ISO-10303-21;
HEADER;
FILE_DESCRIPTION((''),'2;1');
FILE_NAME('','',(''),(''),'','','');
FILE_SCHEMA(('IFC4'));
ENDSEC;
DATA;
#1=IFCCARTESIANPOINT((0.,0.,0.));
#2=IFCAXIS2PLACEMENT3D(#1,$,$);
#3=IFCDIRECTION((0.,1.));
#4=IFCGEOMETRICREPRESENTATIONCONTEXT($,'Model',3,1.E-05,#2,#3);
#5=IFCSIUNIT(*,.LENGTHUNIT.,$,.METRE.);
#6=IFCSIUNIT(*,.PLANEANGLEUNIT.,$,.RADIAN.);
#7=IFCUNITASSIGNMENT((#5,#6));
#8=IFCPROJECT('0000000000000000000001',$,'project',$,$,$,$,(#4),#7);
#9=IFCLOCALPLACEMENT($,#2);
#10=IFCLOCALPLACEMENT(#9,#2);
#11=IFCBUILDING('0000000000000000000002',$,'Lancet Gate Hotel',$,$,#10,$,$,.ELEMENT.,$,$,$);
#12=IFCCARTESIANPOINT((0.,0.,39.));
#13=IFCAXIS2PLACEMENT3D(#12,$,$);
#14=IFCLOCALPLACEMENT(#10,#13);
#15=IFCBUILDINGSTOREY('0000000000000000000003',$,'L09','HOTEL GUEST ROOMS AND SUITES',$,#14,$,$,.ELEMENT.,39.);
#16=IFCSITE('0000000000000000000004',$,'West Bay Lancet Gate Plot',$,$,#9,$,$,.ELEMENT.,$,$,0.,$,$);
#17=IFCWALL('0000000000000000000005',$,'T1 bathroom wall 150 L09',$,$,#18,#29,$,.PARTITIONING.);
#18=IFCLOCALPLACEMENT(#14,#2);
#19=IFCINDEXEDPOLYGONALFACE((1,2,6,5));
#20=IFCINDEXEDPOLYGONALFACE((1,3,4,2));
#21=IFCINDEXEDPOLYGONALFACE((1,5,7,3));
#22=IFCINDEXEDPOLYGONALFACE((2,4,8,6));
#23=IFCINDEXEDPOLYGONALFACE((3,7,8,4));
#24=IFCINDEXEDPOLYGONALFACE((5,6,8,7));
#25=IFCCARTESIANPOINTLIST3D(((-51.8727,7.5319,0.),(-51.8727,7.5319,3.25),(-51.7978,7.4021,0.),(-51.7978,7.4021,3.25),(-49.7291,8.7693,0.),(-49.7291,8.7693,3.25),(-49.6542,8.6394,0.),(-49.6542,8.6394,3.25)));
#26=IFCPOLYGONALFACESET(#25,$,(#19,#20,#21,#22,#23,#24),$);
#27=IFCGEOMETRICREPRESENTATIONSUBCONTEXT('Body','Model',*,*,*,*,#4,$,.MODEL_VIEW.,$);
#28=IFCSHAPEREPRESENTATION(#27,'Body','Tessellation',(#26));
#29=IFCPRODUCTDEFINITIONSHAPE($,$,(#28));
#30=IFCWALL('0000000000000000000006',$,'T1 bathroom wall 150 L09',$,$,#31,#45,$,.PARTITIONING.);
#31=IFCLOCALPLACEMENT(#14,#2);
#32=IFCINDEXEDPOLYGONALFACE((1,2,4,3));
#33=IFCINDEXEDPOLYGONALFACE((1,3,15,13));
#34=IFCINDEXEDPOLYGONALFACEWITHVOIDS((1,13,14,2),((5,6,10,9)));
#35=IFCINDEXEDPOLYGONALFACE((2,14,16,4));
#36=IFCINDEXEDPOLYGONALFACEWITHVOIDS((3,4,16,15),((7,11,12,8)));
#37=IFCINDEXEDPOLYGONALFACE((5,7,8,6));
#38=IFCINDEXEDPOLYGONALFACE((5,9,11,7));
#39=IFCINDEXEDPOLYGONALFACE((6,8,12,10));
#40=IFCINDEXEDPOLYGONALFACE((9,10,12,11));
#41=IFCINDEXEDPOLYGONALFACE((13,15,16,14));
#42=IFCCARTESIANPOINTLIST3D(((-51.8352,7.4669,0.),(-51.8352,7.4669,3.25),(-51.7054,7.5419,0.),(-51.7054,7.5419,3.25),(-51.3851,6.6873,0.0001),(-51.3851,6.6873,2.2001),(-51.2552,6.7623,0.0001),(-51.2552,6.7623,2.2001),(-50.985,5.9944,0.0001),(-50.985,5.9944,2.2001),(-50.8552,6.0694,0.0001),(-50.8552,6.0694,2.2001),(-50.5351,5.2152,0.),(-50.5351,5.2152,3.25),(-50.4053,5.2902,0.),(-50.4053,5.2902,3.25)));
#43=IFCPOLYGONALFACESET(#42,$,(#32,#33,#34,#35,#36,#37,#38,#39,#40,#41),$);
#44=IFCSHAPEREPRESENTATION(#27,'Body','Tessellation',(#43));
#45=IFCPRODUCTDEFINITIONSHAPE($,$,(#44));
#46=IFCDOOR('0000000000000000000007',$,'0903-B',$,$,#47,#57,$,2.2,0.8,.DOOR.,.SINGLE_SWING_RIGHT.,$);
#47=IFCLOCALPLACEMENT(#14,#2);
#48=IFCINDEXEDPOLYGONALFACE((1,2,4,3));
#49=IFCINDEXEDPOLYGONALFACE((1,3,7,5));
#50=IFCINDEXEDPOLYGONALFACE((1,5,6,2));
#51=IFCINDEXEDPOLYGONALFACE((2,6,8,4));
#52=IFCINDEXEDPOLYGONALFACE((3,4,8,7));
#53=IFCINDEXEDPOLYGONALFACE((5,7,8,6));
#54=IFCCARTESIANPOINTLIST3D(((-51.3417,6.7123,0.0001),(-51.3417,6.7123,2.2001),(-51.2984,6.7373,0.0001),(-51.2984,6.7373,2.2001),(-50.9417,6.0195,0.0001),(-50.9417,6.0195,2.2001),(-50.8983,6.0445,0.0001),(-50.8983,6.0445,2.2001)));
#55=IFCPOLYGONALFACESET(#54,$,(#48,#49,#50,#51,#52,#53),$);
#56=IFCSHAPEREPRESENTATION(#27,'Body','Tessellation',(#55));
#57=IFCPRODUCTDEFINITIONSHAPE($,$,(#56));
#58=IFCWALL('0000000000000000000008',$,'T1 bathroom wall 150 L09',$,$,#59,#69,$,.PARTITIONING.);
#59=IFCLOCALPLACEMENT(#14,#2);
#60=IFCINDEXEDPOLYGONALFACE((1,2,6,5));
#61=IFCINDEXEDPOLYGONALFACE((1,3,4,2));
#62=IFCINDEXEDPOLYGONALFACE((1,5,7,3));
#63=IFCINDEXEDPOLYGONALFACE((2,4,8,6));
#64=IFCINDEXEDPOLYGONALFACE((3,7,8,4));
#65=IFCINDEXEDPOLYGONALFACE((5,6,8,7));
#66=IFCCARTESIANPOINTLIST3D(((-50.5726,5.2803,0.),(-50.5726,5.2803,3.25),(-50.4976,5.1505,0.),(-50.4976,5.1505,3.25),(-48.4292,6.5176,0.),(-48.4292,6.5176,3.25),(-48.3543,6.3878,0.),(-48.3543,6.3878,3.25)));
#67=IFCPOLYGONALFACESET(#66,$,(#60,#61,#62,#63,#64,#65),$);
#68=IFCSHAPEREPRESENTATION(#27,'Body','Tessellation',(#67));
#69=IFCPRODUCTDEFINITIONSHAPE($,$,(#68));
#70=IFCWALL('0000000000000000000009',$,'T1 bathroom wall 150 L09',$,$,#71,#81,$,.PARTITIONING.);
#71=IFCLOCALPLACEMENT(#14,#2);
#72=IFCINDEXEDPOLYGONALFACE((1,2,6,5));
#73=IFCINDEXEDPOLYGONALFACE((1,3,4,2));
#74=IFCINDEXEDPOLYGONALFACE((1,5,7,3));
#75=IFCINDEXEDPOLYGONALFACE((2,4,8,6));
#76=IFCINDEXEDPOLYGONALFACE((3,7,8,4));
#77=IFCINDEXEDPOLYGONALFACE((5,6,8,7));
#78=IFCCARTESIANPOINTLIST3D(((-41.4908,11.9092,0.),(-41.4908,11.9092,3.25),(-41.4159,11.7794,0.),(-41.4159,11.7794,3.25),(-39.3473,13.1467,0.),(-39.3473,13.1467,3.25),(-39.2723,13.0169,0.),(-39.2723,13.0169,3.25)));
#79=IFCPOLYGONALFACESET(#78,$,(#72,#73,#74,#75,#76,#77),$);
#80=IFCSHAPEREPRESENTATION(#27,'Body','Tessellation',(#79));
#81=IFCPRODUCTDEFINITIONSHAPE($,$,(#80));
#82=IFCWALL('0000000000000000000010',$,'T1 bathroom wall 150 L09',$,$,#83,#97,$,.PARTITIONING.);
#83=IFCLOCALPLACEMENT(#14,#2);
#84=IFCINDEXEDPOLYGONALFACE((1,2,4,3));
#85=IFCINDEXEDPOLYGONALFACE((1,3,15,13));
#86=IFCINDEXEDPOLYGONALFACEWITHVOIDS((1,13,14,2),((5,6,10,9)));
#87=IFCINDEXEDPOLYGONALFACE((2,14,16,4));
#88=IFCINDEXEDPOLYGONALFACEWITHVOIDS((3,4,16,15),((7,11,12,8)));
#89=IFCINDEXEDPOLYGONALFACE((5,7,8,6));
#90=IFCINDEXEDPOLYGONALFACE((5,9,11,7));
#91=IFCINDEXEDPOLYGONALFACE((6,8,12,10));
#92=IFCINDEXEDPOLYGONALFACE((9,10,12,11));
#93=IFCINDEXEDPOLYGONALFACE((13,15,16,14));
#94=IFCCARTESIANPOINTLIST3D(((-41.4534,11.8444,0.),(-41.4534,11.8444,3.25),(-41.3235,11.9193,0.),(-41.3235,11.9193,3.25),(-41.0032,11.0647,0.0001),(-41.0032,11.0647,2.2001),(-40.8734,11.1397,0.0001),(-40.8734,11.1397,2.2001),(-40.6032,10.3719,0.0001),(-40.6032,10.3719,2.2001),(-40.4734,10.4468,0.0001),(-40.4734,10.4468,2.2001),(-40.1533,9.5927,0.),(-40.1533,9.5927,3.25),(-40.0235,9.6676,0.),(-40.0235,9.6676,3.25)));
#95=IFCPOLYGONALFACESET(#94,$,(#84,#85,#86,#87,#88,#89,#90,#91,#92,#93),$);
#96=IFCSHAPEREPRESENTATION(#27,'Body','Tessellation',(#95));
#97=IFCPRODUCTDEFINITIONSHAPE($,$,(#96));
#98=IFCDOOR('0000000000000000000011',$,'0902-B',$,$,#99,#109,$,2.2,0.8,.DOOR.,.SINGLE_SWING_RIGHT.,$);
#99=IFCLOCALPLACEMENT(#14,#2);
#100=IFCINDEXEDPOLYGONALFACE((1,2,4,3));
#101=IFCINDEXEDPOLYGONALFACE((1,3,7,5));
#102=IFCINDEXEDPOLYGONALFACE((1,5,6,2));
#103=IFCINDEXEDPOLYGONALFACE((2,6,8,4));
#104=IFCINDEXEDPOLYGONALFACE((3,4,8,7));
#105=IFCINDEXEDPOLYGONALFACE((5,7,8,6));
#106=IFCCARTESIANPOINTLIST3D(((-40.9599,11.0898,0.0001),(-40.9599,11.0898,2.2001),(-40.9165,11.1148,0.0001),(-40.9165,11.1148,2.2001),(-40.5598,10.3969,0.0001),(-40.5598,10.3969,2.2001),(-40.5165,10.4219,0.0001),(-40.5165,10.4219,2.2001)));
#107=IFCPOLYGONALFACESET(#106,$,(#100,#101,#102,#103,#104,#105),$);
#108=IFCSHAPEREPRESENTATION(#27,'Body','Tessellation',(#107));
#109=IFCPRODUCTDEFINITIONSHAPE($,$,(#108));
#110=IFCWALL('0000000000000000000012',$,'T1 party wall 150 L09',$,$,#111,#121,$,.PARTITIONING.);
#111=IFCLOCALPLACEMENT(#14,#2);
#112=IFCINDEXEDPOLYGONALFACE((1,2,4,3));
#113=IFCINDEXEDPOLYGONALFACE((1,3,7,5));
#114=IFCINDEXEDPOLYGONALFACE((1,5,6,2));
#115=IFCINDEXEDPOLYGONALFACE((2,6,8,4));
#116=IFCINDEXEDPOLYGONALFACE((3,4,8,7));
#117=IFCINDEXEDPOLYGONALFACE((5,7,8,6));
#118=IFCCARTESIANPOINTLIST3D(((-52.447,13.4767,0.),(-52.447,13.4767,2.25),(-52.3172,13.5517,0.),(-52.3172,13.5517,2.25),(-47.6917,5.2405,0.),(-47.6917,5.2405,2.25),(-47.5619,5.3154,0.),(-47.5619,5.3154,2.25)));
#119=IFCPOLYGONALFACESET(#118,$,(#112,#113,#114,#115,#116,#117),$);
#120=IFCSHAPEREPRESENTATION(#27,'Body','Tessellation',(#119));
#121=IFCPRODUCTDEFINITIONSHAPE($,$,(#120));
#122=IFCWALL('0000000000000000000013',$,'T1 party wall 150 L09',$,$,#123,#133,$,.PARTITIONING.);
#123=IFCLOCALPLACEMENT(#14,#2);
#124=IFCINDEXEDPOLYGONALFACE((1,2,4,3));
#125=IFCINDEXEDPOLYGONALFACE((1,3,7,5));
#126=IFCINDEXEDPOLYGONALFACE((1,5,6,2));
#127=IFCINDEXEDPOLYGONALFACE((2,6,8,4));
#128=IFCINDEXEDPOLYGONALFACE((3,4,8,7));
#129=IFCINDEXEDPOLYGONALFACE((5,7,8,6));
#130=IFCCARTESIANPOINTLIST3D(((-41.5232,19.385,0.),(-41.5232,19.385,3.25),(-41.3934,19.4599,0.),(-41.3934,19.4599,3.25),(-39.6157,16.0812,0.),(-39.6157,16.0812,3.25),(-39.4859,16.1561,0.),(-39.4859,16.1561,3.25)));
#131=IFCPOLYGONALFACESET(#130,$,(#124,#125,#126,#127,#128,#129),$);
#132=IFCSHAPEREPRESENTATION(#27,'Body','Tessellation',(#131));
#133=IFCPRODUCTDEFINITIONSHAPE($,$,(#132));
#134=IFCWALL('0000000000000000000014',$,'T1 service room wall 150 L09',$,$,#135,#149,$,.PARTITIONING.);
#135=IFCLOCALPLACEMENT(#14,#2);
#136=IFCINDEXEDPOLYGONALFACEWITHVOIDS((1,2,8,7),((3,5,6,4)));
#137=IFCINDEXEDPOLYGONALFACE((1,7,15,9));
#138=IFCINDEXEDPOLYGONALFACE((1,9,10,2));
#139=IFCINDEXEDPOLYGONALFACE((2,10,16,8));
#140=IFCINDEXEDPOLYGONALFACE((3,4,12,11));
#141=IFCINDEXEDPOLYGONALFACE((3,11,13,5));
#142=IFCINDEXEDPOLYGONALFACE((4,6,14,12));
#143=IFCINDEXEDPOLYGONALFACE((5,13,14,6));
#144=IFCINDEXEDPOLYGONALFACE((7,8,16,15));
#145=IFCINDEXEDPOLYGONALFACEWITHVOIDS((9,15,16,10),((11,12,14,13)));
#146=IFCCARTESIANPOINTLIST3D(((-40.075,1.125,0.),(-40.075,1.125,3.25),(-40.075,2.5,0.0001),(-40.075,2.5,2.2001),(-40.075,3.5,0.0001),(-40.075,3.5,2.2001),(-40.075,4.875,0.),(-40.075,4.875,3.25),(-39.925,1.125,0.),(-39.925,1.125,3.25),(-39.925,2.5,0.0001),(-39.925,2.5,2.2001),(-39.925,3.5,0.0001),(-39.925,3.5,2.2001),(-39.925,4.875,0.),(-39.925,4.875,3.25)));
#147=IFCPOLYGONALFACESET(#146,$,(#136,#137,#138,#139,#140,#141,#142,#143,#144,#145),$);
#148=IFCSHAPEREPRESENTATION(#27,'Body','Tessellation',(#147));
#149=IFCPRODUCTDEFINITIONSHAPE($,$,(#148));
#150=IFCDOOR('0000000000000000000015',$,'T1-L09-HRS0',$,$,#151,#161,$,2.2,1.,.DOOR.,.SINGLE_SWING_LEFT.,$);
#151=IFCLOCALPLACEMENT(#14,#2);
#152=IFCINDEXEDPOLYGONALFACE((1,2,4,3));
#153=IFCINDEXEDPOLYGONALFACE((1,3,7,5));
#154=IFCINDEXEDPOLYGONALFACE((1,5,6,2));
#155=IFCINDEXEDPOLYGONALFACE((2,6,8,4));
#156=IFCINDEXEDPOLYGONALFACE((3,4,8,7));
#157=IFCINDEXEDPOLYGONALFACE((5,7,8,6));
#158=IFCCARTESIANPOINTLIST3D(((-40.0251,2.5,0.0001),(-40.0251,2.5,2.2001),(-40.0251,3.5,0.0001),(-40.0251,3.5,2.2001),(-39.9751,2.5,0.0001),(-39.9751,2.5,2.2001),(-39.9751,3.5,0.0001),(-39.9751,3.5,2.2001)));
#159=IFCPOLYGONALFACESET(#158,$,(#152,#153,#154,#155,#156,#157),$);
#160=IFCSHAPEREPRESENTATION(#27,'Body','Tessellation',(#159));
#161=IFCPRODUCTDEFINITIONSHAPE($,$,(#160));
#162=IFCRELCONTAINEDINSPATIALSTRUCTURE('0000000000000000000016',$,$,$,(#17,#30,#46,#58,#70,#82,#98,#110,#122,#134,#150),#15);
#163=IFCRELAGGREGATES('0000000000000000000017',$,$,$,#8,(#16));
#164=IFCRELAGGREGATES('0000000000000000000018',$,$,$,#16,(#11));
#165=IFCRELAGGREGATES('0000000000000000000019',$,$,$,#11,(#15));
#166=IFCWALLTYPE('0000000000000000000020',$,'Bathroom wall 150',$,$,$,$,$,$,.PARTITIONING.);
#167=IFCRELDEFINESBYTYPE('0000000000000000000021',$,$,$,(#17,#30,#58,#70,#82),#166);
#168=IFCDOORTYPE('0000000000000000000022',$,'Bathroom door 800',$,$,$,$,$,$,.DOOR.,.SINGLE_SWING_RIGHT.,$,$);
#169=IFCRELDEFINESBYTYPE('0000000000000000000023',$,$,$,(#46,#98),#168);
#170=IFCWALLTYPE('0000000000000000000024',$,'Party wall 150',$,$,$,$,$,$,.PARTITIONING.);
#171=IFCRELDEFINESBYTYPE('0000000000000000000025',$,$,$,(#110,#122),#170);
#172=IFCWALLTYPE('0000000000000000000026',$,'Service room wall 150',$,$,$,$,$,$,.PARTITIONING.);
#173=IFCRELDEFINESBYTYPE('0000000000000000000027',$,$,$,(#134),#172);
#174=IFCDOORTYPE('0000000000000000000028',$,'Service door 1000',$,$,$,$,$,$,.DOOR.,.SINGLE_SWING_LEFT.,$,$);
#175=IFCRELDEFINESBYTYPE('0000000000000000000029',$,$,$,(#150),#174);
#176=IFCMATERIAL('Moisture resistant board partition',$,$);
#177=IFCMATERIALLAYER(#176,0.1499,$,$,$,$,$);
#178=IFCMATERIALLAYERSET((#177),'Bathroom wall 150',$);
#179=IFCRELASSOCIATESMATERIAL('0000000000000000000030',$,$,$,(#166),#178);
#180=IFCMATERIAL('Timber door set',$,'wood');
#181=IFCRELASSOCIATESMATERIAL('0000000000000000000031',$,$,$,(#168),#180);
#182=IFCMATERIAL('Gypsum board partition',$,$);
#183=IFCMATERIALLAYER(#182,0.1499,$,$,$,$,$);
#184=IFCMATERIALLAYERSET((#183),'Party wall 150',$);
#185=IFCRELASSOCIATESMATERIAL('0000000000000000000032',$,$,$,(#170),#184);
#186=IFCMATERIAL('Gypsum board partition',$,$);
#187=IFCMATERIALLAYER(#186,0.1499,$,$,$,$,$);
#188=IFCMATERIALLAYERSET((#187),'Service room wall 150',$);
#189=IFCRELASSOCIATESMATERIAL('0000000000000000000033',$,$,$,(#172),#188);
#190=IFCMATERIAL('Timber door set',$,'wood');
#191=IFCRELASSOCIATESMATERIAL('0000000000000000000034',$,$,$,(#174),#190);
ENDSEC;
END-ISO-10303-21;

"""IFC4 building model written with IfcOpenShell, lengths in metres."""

from ifc_helpers import new_model, si_unit, direction, frame, frame_2d, origin, place, context, subcontext, project, spatial, rectangle, extrude, material, layer, layer_set, type_object, element, fill, save


model = new_model("IFC4")

# Units and contexts
model_context = context("Model", 3, precision=1e-05, world=origin(), true_north=direction((0.0, 1.0)))
body_context = subcontext(model_context, "Body", "Model", "MODEL_VIEW")
ifc_project = project(units=[si_unit("LENGTHUNIT", "METRE"), si_unit("PLANEANGLEUNIT", "RADIAN")], contexts=[model_context])

# Site, building, storey
site_placement = place(None, origin())
site = spatial("IfcSite", under=ifc_project, at=site_placement, Name="West Bay Lancet Gate Plot", CompositionType="ELEMENT", RefElevation=0.0)
building_placement = place(site_placement, origin())
building = spatial("IfcBuilding", under=site, at=building_placement, Name="Lancet Gate Hotel", CompositionType="ELEMENT")
storey_placement = place(building_placement, frame((0.0, 0.0, 39.0)))
storey = spatial("IfcBuildingStorey", under=building, at=storey_placement, Name="L09", Description="HOTEL GUEST ROOMS AND SUITES", CompositionType="ELEMENT", Elevation=39.0)

# Wall
ifc_material_1 = material(Name="Moisture resistant board partition")
ifc_layer_1 = layer(ifc_material_1, 0.1499)
ifc_layer_set_1 = layer_set([ifc_layer_1], Name="Bathroom wall 150")
wall_type_1 = type_object("IfcWallType", Name="Bathroom wall 150", PredefinedType="PARTITIONING", material=ifc_layer_set_1)
wall_1_placement = place(storey_placement, frame((-49.6917, 8.7043, 0.0), z_axis=(0.0, 0.0, 1.0), x_axis=(-0.866074, -0.499916, 0.0)))
element("IfcWall", 1, at=wall_1_placement, inside=storey, type_object=wall_type_1, Name="T1 bathroom wall 150 L09", PredefinedType="PARTITIONING", context=body_context, shape_type="SweptSolid", body=[
    extrude(rectangle(XDim=2.4751, YDim=0.1499, at=frame_2d((1.2375, 0.0))), origin(), (0.0, 0.0, 1.0), 3.25),
])

# Wall, opening, door
wall_2_placement = place(storey_placement, frame((-50.4702, 5.2527, 0.0), z_axis=(0.0, 0.0, 1.0), x_axis=(-0.500007, 0.866021, 0.0)))
wall_2 = element("IfcWall", 2, at=wall_2_placement, inside=storey, type_object=wall_type_1, Name="T1 bathroom wall 150 L09", PredefinedType="PARTITIONING", context=body_context, shape_type="SweptSolid", body=[
    extrude(rectangle(XDim=2.6001, YDim=0.1499, at=frame_2d((1.3, 0.0))), origin(), (0.0, 0.0, 1.0), 3.25),
])
opening_1_placement = place(wall_2_placement, frame((0.8999, 0.0, 0.0)))
opening_1 = element("IfcOpeningElement", 3, at=opening_1_placement, cuts=wall_2, PredefinedType="OPENING", context=body_context, shape_type="SweptSolid", body=[
    extrude(rectangle(XDim=0.8, YDim=2.2, at=frame_2d((0.3999, 1.1001))), frame((0.0, 0.085, 0.0), z_axis=(0.0, -1.0, 0.0), x_axis=(1.0, 0.0, 0.0)), (0.0, 0.0, 1.0), 0.1699),
])
ifc_material_2 = material(Name="Timber door set", Category="wood")
door_type_1 = type_object("IfcDoorType", Name="Bathroom door 800", OperationType="SINGLE_SWING_RIGHT", PredefinedType="DOOR", material=ifc_material_2)
door_1_placement = place(opening_1_placement, origin())
door_1 = element("IfcDoor", 4, at=door_1_placement, inside=storey, type_object=door_type_1, Name="0903-B", OperationType="SINGLE_SWING_RIGHT", OverallHeight=2.2, OverallWidth=0.8, PredefinedType="DOOR", context=body_context, shape_type="SweptSolid", body=[
    extrude(rectangle(XDim=0.8, YDim=2.2, at=frame_2d((0.3999, 1.1001))), frame((0.0, 0.0249, 0.0), z_axis=(0.0, -1.0, 0.0), x_axis=(1.0, 0.0, 0.0)), (0.0, 0.0, 1.0), 0.05),
])
fill(opening_1, door_1)

# Walls
wall_3_placement = place(storey_placement, frame((-48.3918, 6.4526, 0.0), z_axis=(0.0, 0.0, 1.0), x_axis=(-0.866049, -0.499959, 0.0)))
element("IfcWall", 5, at=wall_3_placement, inside=storey, type_object=wall_type_1, Name="T1 bathroom wall 150 L09", PredefinedType="PARTITIONING", context=body_context, shape_type="SweptSolid", body=[
    extrude(rectangle(XDim=2.4749, YDim=0.1499, at=frame_2d((1.2373, 0.0))), origin(), (0.0, 0.0, 1.0), 3.25),
])
wall_4_placement = place(storey_placement, frame((-39.3098, 13.0818, 0.0), z_axis=(0.0, 0.0, 1.0), x_axis=(-0.866031, -0.49999, 0.0)))
element("IfcWall", 6, at=wall_4_placement, inside=storey, type_object=wall_type_1, Name="T1 bathroom wall 150 L09", PredefinedType="PARTITIONING", context=body_context, shape_type="SweptSolid", body=[
    extrude(rectangle(XDim=2.4751, YDim=0.1499, at=frame_2d((1.2375, 0.0))), origin(), (0.0, 0.0, 1.0), 3.25),
])

# Wall, opening, door
wall_5_placement = place(storey_placement, frame((-40.0884, 9.6301, 0.0), z_axis=(0.0, 0.0, 1.0), x_axis=(-0.500007, 0.866021, 0.0)))
wall_5 = element("IfcWall", 7, at=wall_5_placement, inside=storey, type_object=wall_type_1, Name="T1 bathroom wall 150 L09", PredefinedType="PARTITIONING", context=body_context, shape_type="SweptSolid", body=[
    extrude(rectangle(XDim=2.6001, YDim=0.1499, at=frame_2d((1.3, 0.0))), origin(), (0.0, 0.0, 1.0), 3.25),
])
opening_2_placement = place(wall_5_placement, frame((0.8999, 0.0, 0.0)))
opening_2 = element("IfcOpeningElement", 8, at=opening_2_placement, cuts=wall_5, PredefinedType="OPENING", context=body_context, shape_type="SweptSolid", body=[
    extrude(rectangle(XDim=0.8, YDim=2.2, at=frame_2d((0.3999, 1.1001))), frame((0.0, 0.085, 0.0), z_axis=(0.0, -1.0, 0.0), x_axis=(1.0, 0.0, 0.0)), (0.0, 0.0, 1.0), 0.1699),
])
door_2_placement = place(opening_2_placement, origin())
door_2 = element("IfcDoor", 9, at=door_2_placement, inside=storey, type_object=door_type_1, Name="0902-B", OperationType="SINGLE_SWING_RIGHT", OverallHeight=2.2, OverallWidth=0.8, PredefinedType="DOOR", context=body_context, shape_type="SweptSolid", body=[
    extrude(rectangle(XDim=0.8, YDim=2.2, at=frame_2d((0.3999, 1.1001))), frame((0.0, 0.0249, 0.0), z_axis=(0.0, -1.0, 0.0), x_axis=(1.0, 0.0, 0.0)), (0.0, 0.0, 1.0), 0.05),
])
fill(opening_2, door_2)

# Walls
ifc_material_3 = material(Name="Gypsum board partition")
ifc_layer_2 = layer(ifc_material_3, 0.1499)
ifc_layer_set_2 = layer_set([ifc_layer_2], Name="Party wall 150")
wall_type_2 = type_object("IfcWallType", Name="Party wall 150", PredefinedType="PARTITIONING", material=ifc_layer_set_2)
wall_6_placement = place(storey_placement, frame((-47.6267, 5.2778, 0.0), z_axis=(0.0, 0.0, 1.0), x_axis=(-0.50001, 0.86602, 0.0)))
element("IfcWall", 10, at=wall_6_placement, inside=storey, type_object=wall_type_2, Name="T1 party wall 150 L09", PredefinedType="PARTITIONING", context=body_context, shape_type="SweptSolid", body=[
    extrude(rectangle(XDim=9.5105, YDim=0.1499, at=frame_2d((4.7554, 0.0))), origin(), (0.0, 0.0, 1.0), 2.25),
])
wall_7_placement = place(storey_placement, frame((-39.5508, 16.1187, 0.0), z_axis=(0.0, 0.0, 1.0), x_axis=(-0.500014, 0.866017, 0.0)))
element("IfcWall", 11, at=wall_7_placement, inside=storey, type_object=wall_type_2, Name="T1 party wall 150 L09", PredefinedType="PARTITIONING", context=body_context, shape_type="SweptSolid", body=[
    extrude(rectangle(XDim=3.8149, YDim=0.1499, at=frame_2d((1.9075, 0.0))), origin(), (0.0, 0.0, 1.0), 3.25),
])

# Wall, opening, door
ifc_material_4 = material(Name="Gypsum board partition")
ifc_layer_3 = layer(ifc_material_4, 0.1499)
ifc_layer_set_3 = layer_set([ifc_layer_3], Name="Service room wall 150")
wall_type_3 = type_object("IfcWallType", Name="Service room wall 150", PredefinedType="PARTITIONING", material=ifc_layer_set_3)
wall_8_placement = place(storey_placement, frame((-40.0, 4.875, 0.0), z_axis=(0.0, 0.0, 1.0), x_axis=(0.0, -1.0, 0.0)))
wall_8 = element("IfcWall", 12, at=wall_8_placement, inside=storey, type_object=wall_type_3, Name="T1 service room wall 150 L09", PredefinedType="PARTITIONING", context=body_context, shape_type="SweptSolid", body=[
    extrude(rectangle(XDim=3.75, YDim=0.1499, at=frame_2d((1.875, 0.0))), origin(), (0.0, 0.0, 1.0), 3.25),
])
opening_3_placement = place(wall_8_placement, frame((1.375, 0.0, 0.0)))
opening_3 = element("IfcOpeningElement", 13, at=opening_3_placement, cuts=wall_8, PredefinedType="OPENING", context=body_context, shape_type="SweptSolid", body=[
    extrude(rectangle(XDim=1.0, YDim=2.2, at=frame_2d((0.5, 1.1001))), frame((0.0, 0.085, 0.0), z_axis=(0.0, -1.0, 0.0), x_axis=(1.0, 0.0, 0.0)), (0.0, 0.0, 1.0), 0.1699),
])
ifc_material_5 = material(Name="Timber door set", Category="wood")
door_type_2 = type_object("IfcDoorType", Name="Service door 1000", OperationType="SINGLE_SWING_LEFT", PredefinedType="DOOR", material=ifc_material_5)
door_3_placement = place(opening_3_placement, origin())
door_3 = element("IfcDoor", 14, at=door_3_placement, inside=storey, type_object=door_type_2, Name="T1-L09-HRS0", OperationType="SINGLE_SWING_LEFT", OverallHeight=2.2, OverallWidth=1.0, PredefinedType="DOOR", context=body_context, shape_type="SweptSolid", body=[
    extrude(rectangle(XDim=1.0, YDim=2.2, at=frame_2d((0.5, 1.1001))), frame((0.0, 0.0249, 0.0), z_axis=(0.0, -1.0, 0.0), x_axis=(1.0, 0.0, 0.0)), (0.0, 0.0, 1.0), 0.05),
])
fill(opening_3, door_3)

save(model, "model.ifc")
